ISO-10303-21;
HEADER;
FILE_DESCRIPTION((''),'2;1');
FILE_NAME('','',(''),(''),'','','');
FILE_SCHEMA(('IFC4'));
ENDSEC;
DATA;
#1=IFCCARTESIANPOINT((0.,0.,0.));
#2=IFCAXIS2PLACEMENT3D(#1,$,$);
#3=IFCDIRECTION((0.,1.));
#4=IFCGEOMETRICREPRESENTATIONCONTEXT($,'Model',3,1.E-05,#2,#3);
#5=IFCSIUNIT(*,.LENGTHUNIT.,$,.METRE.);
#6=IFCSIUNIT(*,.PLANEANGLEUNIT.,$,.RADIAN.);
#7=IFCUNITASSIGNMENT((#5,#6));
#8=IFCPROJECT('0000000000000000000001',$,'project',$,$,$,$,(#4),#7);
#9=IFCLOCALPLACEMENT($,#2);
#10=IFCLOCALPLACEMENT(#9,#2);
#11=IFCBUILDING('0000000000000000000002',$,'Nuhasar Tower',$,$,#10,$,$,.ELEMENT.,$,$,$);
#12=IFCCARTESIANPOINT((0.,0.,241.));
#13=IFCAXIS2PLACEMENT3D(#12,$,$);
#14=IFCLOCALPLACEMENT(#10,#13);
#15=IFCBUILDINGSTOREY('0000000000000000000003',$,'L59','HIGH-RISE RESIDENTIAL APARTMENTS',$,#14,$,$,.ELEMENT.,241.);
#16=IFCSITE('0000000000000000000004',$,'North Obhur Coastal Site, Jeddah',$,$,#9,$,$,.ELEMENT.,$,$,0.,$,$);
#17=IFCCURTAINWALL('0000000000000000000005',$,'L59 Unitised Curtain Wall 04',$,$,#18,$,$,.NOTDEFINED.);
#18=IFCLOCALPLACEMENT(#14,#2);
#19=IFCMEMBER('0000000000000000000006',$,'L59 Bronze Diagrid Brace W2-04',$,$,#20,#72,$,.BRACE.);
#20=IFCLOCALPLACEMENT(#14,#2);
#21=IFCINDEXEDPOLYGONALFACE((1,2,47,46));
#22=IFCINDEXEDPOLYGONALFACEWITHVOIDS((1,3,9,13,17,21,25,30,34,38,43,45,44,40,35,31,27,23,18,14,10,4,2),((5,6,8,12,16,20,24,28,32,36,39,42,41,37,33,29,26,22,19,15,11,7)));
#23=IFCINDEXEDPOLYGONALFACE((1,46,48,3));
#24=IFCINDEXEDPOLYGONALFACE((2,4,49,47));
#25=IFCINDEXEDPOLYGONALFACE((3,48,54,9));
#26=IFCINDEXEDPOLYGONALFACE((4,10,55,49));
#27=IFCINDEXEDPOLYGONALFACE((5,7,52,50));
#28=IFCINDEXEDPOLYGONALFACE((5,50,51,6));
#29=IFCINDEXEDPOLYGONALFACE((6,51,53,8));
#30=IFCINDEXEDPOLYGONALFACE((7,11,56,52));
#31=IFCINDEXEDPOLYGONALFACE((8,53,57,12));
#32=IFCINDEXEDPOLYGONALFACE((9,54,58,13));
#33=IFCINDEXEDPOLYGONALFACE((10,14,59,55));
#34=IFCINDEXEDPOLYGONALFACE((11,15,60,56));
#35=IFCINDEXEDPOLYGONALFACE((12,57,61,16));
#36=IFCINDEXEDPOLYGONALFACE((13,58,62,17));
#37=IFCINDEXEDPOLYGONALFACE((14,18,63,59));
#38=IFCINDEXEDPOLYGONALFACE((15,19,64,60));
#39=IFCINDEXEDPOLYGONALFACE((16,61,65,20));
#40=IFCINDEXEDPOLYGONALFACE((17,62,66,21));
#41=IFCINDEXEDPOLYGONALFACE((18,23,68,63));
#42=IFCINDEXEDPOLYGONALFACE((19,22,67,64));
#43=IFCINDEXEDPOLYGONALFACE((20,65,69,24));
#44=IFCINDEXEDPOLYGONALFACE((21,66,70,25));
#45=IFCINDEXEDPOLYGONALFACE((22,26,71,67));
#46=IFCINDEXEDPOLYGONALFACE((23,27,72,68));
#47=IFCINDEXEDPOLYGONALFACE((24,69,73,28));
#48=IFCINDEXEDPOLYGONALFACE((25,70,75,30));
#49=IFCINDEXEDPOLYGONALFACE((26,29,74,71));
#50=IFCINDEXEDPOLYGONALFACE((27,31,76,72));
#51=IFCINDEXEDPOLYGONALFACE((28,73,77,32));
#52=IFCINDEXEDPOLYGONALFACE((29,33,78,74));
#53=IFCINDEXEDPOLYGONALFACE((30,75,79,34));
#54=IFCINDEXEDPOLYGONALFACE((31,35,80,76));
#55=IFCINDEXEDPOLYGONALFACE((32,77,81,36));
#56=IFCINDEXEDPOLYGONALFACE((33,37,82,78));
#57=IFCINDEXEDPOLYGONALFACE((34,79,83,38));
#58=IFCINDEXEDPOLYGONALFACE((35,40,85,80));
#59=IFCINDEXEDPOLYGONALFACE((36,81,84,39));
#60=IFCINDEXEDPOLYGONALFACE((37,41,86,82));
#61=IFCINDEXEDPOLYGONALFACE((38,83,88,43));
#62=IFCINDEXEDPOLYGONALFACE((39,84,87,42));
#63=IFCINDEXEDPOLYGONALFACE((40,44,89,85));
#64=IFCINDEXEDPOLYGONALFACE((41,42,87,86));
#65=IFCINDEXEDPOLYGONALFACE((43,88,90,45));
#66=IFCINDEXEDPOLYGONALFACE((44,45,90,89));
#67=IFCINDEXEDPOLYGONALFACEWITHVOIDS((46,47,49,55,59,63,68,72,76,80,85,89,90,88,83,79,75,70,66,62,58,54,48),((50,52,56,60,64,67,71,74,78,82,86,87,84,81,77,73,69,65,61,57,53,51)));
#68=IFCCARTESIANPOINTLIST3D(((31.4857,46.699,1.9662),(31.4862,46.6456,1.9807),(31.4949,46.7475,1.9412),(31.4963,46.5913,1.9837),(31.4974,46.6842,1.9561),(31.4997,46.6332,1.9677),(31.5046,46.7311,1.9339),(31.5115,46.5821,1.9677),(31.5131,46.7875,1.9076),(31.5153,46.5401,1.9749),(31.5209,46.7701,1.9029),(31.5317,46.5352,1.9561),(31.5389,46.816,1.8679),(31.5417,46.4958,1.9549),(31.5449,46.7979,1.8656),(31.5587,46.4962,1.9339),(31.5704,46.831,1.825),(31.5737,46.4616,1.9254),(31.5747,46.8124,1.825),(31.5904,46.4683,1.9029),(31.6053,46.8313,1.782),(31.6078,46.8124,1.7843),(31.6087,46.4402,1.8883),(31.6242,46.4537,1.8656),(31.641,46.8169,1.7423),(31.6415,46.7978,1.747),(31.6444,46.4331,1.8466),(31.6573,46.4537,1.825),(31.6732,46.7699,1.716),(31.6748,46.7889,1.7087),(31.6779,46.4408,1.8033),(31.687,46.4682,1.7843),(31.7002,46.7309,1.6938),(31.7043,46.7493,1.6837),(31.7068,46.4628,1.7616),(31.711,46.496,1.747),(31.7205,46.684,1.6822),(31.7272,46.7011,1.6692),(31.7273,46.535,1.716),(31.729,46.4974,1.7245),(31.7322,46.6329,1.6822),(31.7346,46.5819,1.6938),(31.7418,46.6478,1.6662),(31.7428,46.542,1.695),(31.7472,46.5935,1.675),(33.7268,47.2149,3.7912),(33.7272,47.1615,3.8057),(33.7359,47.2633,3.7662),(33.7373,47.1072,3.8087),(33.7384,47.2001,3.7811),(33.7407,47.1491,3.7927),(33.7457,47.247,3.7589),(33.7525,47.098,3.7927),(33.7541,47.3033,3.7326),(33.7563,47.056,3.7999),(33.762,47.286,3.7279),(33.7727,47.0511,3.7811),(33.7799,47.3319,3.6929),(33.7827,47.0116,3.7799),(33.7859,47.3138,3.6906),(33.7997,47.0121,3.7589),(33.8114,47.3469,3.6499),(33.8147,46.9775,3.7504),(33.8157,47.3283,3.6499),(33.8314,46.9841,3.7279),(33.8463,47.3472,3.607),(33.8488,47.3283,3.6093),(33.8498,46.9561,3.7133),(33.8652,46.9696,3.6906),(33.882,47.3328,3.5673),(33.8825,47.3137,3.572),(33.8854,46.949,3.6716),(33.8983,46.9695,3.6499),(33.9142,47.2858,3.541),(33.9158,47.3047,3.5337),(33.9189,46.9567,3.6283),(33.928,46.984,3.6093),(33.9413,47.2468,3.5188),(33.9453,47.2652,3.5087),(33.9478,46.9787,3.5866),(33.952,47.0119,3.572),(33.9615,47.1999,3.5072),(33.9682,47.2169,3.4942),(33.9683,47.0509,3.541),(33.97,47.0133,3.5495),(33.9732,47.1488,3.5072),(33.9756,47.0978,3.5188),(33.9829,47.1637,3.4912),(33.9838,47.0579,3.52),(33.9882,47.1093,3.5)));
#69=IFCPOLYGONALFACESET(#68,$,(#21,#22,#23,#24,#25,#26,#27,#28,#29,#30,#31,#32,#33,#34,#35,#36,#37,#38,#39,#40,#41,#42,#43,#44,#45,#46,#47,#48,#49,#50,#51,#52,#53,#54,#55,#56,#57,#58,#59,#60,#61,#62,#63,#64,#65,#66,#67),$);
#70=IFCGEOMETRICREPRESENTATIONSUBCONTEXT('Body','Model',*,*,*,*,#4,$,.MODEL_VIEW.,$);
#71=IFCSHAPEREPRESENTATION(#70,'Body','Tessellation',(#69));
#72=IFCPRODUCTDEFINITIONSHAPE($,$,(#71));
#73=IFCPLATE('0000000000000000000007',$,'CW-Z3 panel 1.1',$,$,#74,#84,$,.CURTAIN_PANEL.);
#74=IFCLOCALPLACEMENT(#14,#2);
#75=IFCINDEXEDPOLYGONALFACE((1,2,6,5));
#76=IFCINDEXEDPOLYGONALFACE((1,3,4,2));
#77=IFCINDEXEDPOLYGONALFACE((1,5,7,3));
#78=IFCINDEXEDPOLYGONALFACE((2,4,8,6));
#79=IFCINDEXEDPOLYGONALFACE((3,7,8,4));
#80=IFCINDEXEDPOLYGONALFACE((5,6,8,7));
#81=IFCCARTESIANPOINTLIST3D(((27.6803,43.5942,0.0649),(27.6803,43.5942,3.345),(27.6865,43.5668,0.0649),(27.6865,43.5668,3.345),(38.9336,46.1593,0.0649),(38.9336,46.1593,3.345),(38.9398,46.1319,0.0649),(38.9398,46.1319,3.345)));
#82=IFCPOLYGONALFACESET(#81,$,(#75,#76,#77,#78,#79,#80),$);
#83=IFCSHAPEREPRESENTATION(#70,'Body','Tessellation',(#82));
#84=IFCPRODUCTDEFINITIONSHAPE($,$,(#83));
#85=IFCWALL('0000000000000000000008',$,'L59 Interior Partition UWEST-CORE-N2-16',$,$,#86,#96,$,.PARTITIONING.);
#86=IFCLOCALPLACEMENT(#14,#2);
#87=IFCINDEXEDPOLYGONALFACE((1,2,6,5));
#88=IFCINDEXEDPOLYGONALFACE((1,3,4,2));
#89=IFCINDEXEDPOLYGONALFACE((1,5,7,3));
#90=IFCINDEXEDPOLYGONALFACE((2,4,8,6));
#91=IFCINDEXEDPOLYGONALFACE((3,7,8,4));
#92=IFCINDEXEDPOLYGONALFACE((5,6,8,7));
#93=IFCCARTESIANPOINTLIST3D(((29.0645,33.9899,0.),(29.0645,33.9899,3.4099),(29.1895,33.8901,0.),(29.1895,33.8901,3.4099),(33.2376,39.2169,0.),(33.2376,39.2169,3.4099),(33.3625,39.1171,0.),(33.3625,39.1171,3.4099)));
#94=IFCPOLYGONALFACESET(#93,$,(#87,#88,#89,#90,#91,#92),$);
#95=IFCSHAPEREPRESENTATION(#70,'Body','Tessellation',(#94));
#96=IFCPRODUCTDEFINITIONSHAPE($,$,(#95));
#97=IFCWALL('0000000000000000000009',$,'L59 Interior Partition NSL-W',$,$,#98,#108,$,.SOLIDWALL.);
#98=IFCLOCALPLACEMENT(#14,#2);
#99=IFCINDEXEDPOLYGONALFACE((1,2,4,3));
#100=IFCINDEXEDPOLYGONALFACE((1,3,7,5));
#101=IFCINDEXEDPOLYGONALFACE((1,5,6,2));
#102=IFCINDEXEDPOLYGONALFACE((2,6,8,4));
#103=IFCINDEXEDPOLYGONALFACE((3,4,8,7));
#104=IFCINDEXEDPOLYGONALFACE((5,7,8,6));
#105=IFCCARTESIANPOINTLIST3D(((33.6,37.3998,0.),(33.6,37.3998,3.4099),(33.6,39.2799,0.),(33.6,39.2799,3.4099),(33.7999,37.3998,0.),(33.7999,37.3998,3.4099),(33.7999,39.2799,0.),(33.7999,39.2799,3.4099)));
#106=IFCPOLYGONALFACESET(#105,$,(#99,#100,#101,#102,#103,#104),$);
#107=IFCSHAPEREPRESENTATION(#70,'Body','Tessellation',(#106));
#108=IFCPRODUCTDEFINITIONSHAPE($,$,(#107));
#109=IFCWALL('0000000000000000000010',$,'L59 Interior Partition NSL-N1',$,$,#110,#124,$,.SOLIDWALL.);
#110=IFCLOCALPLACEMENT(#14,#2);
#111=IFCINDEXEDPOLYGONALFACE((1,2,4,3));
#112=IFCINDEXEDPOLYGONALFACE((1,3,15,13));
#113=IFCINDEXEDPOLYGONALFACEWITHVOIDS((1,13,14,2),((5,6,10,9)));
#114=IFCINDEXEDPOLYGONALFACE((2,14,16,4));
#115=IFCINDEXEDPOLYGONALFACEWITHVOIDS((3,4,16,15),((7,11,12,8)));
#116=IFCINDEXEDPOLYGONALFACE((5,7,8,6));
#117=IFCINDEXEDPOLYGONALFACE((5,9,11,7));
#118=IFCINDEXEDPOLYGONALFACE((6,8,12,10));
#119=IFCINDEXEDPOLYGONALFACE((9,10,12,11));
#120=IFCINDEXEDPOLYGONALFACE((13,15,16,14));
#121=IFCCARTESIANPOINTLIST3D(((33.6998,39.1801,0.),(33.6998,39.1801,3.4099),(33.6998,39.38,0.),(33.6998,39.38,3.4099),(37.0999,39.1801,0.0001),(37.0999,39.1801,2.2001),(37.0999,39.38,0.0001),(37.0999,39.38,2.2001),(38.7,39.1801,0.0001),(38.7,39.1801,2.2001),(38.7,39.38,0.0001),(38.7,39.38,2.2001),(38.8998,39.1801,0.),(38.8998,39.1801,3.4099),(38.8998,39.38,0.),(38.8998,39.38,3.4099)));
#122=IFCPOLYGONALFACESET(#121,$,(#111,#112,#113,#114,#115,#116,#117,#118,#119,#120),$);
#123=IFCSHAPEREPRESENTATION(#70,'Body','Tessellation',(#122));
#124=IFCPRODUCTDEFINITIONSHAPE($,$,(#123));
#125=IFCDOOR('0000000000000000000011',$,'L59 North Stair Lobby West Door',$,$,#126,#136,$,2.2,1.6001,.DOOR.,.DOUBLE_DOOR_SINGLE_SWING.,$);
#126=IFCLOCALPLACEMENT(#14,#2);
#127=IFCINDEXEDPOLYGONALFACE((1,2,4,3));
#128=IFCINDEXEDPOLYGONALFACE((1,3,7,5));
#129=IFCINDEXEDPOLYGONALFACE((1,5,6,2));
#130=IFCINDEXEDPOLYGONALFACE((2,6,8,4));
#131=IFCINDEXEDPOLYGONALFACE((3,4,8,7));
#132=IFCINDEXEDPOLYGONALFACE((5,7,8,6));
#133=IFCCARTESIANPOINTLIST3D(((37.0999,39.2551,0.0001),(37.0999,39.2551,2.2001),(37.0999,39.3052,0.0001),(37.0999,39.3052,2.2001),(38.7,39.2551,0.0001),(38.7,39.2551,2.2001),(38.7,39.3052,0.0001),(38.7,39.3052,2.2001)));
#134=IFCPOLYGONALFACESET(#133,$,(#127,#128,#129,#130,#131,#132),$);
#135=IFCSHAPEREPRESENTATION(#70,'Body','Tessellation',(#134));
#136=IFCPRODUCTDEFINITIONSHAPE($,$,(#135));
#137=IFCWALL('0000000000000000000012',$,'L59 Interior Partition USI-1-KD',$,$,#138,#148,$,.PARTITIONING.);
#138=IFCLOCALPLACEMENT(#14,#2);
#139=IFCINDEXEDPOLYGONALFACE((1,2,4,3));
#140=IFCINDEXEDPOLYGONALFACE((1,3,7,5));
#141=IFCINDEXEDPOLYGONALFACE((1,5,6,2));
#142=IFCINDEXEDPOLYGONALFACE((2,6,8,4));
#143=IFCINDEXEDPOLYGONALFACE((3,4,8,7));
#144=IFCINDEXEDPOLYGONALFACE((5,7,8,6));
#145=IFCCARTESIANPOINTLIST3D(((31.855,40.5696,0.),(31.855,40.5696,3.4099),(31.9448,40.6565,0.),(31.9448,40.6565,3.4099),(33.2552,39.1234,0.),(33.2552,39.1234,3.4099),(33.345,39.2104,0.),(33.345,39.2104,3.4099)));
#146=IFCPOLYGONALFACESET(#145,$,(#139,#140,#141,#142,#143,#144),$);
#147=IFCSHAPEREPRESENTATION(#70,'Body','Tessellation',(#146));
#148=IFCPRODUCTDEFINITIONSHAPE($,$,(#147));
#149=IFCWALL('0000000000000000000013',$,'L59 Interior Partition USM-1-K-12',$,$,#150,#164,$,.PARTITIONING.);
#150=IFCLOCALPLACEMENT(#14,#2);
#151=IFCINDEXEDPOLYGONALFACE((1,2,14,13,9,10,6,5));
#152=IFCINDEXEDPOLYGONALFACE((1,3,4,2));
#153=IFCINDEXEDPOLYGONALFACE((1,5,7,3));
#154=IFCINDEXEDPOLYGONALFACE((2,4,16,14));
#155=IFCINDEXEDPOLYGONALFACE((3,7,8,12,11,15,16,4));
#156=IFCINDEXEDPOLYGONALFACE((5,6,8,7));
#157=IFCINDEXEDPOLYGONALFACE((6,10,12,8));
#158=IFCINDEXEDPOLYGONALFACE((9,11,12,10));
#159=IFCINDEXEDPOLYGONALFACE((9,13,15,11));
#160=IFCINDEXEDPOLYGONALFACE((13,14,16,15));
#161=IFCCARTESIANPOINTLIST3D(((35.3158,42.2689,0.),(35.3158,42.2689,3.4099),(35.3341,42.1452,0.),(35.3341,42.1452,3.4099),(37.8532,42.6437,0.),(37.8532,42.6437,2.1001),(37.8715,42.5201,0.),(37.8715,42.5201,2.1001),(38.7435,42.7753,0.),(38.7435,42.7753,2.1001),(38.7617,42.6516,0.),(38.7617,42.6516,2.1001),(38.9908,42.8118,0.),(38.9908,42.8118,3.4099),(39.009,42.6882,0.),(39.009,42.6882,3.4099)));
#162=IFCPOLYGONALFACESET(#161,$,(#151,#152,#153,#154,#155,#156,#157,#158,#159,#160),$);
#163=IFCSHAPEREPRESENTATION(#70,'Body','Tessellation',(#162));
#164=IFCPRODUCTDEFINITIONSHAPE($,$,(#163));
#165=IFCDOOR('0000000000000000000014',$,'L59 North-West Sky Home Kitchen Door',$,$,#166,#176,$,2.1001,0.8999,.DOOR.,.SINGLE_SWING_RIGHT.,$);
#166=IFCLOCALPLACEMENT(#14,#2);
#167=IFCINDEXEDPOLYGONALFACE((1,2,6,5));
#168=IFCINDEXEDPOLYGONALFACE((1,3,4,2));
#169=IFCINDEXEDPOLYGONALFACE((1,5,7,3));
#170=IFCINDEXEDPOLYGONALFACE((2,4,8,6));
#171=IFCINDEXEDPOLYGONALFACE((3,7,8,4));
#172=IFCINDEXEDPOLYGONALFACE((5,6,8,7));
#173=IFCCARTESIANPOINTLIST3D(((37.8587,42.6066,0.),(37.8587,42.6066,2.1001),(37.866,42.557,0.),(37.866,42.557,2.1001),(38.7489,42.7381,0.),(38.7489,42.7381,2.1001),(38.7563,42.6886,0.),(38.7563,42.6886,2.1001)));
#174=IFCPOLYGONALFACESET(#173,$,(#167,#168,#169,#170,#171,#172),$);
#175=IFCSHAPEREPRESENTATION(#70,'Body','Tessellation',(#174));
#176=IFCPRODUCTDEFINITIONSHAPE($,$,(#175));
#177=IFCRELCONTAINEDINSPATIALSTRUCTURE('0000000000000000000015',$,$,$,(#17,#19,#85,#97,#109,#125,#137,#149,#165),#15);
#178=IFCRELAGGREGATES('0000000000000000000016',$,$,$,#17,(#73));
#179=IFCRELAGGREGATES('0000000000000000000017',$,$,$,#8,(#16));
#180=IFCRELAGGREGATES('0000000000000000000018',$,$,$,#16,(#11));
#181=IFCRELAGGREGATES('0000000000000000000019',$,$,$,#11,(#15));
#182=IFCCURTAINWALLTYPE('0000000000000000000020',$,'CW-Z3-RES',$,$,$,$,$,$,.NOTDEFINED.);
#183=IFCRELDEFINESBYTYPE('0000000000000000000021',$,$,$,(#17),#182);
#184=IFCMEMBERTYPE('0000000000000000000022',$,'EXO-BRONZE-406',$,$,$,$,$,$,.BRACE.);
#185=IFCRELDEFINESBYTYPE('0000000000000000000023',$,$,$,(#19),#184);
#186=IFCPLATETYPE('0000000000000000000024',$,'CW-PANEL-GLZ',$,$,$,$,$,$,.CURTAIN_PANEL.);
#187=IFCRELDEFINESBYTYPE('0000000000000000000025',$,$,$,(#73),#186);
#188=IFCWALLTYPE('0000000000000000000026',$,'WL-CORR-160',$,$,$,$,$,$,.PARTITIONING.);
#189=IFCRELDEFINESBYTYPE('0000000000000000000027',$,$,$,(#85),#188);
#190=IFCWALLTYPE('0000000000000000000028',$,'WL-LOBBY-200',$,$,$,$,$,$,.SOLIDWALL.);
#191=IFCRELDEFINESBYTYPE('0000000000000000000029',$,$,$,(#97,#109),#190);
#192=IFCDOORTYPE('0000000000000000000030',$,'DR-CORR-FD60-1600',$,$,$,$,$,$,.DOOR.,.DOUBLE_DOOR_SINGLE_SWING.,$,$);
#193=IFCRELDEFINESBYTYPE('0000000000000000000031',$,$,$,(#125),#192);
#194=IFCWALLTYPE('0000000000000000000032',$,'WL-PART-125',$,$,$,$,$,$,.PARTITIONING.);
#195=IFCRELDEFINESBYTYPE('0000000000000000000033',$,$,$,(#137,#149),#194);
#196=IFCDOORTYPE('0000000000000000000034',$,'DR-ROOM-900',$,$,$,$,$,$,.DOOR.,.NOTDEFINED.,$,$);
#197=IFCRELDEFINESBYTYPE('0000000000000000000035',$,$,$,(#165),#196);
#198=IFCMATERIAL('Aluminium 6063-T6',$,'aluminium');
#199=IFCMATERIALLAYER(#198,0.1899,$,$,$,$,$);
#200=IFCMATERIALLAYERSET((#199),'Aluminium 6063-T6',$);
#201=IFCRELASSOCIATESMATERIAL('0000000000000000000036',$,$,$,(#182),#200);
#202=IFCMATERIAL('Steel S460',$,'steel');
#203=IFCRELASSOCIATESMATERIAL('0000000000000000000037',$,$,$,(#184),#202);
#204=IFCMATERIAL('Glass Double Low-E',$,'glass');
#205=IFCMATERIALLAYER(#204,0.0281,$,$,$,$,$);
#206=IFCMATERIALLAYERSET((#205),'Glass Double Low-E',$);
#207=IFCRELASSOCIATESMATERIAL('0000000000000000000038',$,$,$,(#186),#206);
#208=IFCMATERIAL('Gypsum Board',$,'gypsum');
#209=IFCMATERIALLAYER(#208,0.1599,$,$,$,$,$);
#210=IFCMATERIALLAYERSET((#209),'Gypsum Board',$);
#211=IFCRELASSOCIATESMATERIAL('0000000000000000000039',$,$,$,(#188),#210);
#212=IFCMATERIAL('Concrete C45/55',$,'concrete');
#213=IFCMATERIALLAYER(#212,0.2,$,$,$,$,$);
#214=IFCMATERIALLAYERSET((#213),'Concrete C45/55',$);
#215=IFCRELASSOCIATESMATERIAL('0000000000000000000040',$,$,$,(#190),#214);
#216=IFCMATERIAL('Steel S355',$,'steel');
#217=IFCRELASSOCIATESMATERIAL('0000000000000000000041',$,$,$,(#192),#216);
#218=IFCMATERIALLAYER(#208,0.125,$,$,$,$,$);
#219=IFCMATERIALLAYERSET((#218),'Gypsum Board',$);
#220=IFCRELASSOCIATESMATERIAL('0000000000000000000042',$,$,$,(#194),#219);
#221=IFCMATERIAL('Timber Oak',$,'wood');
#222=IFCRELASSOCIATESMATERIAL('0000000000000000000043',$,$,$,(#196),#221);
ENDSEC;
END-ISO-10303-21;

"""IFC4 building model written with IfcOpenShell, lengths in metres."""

from ifc_helpers import new_model, si_unit, direction, frame, frame_2d, origin, origin_2d, place, context, subcontext, project, spatial, rectangle, hollow_circle, extrude, material, layer, layer_set, material_profile, profile_set, type_object, element, fill, aggregate, save


model = new_model("IFC4")

# Units and contexts
model_context = context("Model", 3, precision=1e-05, world=origin(), true_north=direction((0.0, 1.0)))
body_context = subcontext(model_context, "Body", "Model", "MODEL_VIEW")
ifc_project = project(units=[si_unit("LENGTHUNIT", "METRE"), si_unit("PLANEANGLEUNIT", "RADIAN")], contexts=[model_context])

# Site, building, storey
site_placement = place(None, origin())
site = spatial("IfcSite", under=ifc_project, at=site_placement, Name="North Obhur Coastal Site, Jeddah", CompositionType="ELEMENT", RefElevation=0.0)
building_placement = place(site_placement, origin())
building = spatial("IfcBuilding", under=site, at=building_placement, Name="Nuhasar Tower", CompositionType="ELEMENT")
storey_placement = place(building_placement, frame((0.0, 0.0, 241.0)))
storey = spatial("IfcBuildingStorey", under=building, at=storey_placement, Name="L59", Description="HIGH-RISE RESIDENTIAL APARTMENTS", CompositionType="ELEMENT", Elevation=241.0)

# Shared definitions
ifc_material_1 = material(Name="Steel S355", Category="steel")

# Curtain wall
ifc_material_2 = material(Name="Aluminium 6063-T6", Category="aluminium")
ifc_layer_1 = layer(ifc_material_2, 0.1899)
ifc_layer_set_1 = layer_set([ifc_layer_1], Name="Aluminium 6063-T6")
curtain_wall_type = type_object("IfcCurtainWallType", Name="CW-Z3-RES", PredefinedType="NOTDEFINED", material=ifc_layer_set_1)
curtain_wall_placement = place(storey_placement, origin())
curtain_wall = element("IfcCurtainWall", 1, at=curtain_wall_placement, inside=storey, type_object=curtain_wall_type, Name="L59 Unitised Curtain Wall 04", PredefinedType="NOTDEFINED")

# Member
ifc_material_3 = material(Name="Steel S460", Category="steel")
ifc_material_profile_1 = material_profile(ifc_material_3, hollow_circle(Radius=0.2031, WallThickness=0.019, at=origin_2d()), Name="HSS406.4X19.1")
ifc_profile_set_1 = profile_set([ifc_material_profile_1], Name="Steel S460")
member_type_1 = type_object("IfcMemberType", Name="EXO-BRONZE-406", PredefinedType="BRACE", material=ifc_profile_set_1)
for number, where, z_axis, x_axis, name in (
    (2, (31.616, 46.6331, 1.825), (0.763343, 0.175721, 0.621635), (-0.224332, 0.974513, 0.0), "L59 Bronze Diagrid Brace W2-04"),
):
    element("IfcMember", number, at=place(storey_placement, frame(where, z_axis=z_axis, x_axis=x_axis)), inside=storey, type_object=member_type_1, Name=name, PredefinedType="BRACE", context=body_context, shape_type="SweptSolid", body=[
        extrude(hollow_circle(Radius=0.2031, WallThickness=0.019, at=origin_2d()), origin(), (0.0, 0.0, 1.0), 2.9358),
    ])

# Plate
ifc_material_4 = material(Name="Glass Double Low-E", Category="glass")
ifc_layer_2 = layer(ifc_material_4, 0.0281)
ifc_layer_set_2 = layer_set([ifc_layer_2], Name="Glass Double Low-E")
plate_type = type_object("IfcPlateType", Name="CW-PANEL-GLZ", PredefinedType="CURTAIN_PANEL", material=ifc_layer_set_2)
plate_placement = place(storey_placement, frame((33.3101, 44.863, 0.0649), z_axis=(0.0, 0.0, 1.0), x_axis=(-0.974991, -0.222243, 0.0)))
plate = element("IfcPlate", 3, at=plate_placement, type_object=plate_type, Name="CW-Z3 panel 1.1", PredefinedType="CURTAIN_PANEL", context=body_context, shape_type="SweptSolid", body=[
    extrude(rectangle(XDim=11.542, YDim=0.0281, at=origin_2d()), origin(), (0.0, 0.0, 1.0), 3.28),
])
aggregate(curtain_wall, [plate])

# Walls
ifc_material_5 = material(Name="Gypsum Board", Category="gypsum")
ifc_layer_3 = layer(ifc_material_5, 0.1599)
ifc_layer_set_3 = layer_set([ifc_layer_3], Name="Gypsum Board")
wall_type_1 = type_object("IfcWallType", Name="WL-CORR-160", PredefinedType="PARTITIONING", material=ifc_layer_set_3)
wall_1_placement = place(storey_placement, frame((33.3, 39.167, 0.0), z_axis=(0.0, 0.0, 1.0), x_axis=(-0.623916, -0.781492, 0.0)))
element("IfcWall", 4, at=wall_1_placement, inside=storey, type_object=wall_type_1, Name="L59 Interior Partition UWEST-CORE-N2-16", PredefinedType="PARTITIONING", context=body_context, shape_type="SweptSolid", body=[
    extrude(rectangle(XDim=6.6885, YDim=0.1599, at=frame_2d((3.3442, 0.0))), origin(), (0.0, 0.0, 1.0), 3.4099),
])
ifc_material_6 = material(Name="Concrete C45/55", Category="concrete")
ifc_layer_4 = layer(ifc_material_6, 0.2)
ifc_layer_set_4 = layer_set([ifc_layer_4], Name="Concrete C45/55")
wall_type_2 = type_object("IfcWallType", Name="WL-LOBBY-200", PredefinedType="SOLIDWALL", material=ifc_layer_set_4)
wall_2_placement = place(storey_placement, frame((33.7, 37.3999, 0.0), z_axis=(0.0, 0.0, 1.0), x_axis=(0.0, 1.0, 0.0)))
element("IfcWall", 5, at=wall_2_placement, inside=storey, type_object=wall_type_2, Name="L59 Interior Partition NSL-W", PredefinedType="SOLIDWALL", context=body_context, shape_type="SweptSolid", body=[
    extrude(rectangle(XDim=1.8801, YDim=0.2, at=frame_2d((0.9399, 0.0))), origin(), (0.0, 0.0, 1.0), 3.4099),
])

# Wall, opening, door
wall_3_placement = place(storey_placement, frame((38.8999, 39.28, 0.0), z_axis=(0.0, 0.0, 1.0), x_axis=(-1.0, 0.0, 0.0)))
wall_3 = element("IfcWall", 6, at=wall_3_placement, inside=storey, type_object=wall_type_2, Name="L59 Interior Partition NSL-N1", PredefinedType="SOLIDWALL", context=body_context, shape_type="SweptSolid", body=[
    extrude(rectangle(XDim=5.2, YDim=0.2, at=frame_2d((2.6001, 0.0))), origin(), (0.0, 0.0, 1.0), 3.4099),
])
opening_1_placement = place(wall_3_placement, frame((0.2, 0.0, 0.0)))
opening_1 = element("IfcOpeningElement", 7, at=opening_1_placement, cuts=wall_3, PredefinedType="OPENING", context=body_context, shape_type="SweptSolid", body=[
    extrude(rectangle(XDim=1.6001, YDim=2.2, at=frame_2d((0.8, 1.1001))), frame((0.0, 0.1099, 0.0), z_axis=(0.0, -1.0, 0.0), x_axis=(1.0, 0.0, 0.0)), (0.0, 0.0, 1.0), 0.22),
])
door_type_1 = type_object("IfcDoorType", Name="DR-CORR-FD60-1600", OperationType="DOUBLE_DOOR_SINGLE_SWING", PredefinedType="DOOR", material=ifc_material_1)
door_1_placement = place(opening_1_placement, origin())
door_1 = element("IfcDoor", 8, at=door_1_placement, inside=storey, type_object=door_type_1, Name="L59 North Stair Lobby West Door", OperationType="DOUBLE_DOOR_SINGLE_SWING", OverallHeight=2.2, OverallWidth=1.6001, PredefinedType="DOOR", context=body_context, shape_type="SweptSolid", body=[
    extrude(rectangle(XDim=1.6001, YDim=2.2, at=frame_2d((0.8, 1.1001))), frame((0.0, 0.0249, 0.0), z_axis=(0.0, -1.0, 0.0), x_axis=(1.0, 0.0, 0.0)), (0.0, 0.0, 1.0), 0.05),
])
fill(opening_1, door_1)

# Wall
ifc_layer_5 = layer(ifc_material_5, 0.125)
ifc_layer_set_5 = layer_set([ifc_layer_5], Name="Gypsum Board")
wall_type_3 = type_object("IfcWallType", Name="WL-PART-125", PredefinedType="PARTITIONING", material=ifc_layer_set_5)
wall_4_placement = place(storey_placement, frame((33.3, 39.167, 0.0), z_axis=(0.0, 0.0, 1.0), x_axis=(-0.695613, 0.718416, 0.0)))
element("IfcWall", 9, at=wall_4_placement, inside=storey, type_object=wall_type_3, Name="L59 Interior Partition USI-1-KD", PredefinedType="PARTITIONING", context=body_context, shape_type="SweptSolid", body=[
    extrude(rectangle(XDim=2.0129, YDim=0.125, at=frame_2d((1.0063, 0.0))), origin(), (0.0, 0.0, 1.0), 3.4099),
])

# Wall, opening, door
wall_5_placement = place(storey_placement, frame((35.325, 42.207, 0.0), z_axis=(0.0, 0.0, 1.0), x_axis=(0.989261, 0.146158, 0.0)))
wall_5 = element("IfcWall", 10, at=wall_5_placement, inside=storey, type_object=wall_type_3, Name="L59 Interior Partition USM-1-K-12", PredefinedType="PARTITIONING", context=body_context, shape_type="SweptSolid", body=[
    extrude(rectangle(XDim=3.7148, YDim=0.125, at=frame_2d((1.8574, 0.0))), origin(), (0.0, 0.0, 1.0), 3.4099),
])
opening_2_placement = place(wall_5_placement, frame((2.5649, 0.0, 0.0)))
opening_2 = element("IfcOpeningElement", 11, at=opening_2_placement, cuts=wall_5, PredefinedType="OPENING", context=body_context, shape_type="SweptSolid", body=[
    extrude(rectangle(XDim=0.8999, YDim=2.1001, at=frame_2d((0.45, 1.05))), frame((0.0, 0.0725, 0.0), z_axis=(0.0, -1.0, 0.0), x_axis=(1.0, 0.0, 0.0)), (0.0, 0.0, 1.0), 0.145),
])
ifc_material_7 = material(Name="Timber Oak", Category="wood")
door_type_2 = type_object("IfcDoorType", Name="DR-ROOM-900", OperationType="NOTDEFINED", PredefinedType="DOOR", material=ifc_material_7)
door_2_placement = place(opening_2_placement, origin())
door_2 = element("IfcDoor", 12, at=door_2_placement, inside=storey, type_object=door_type_2, Name="L59 North-West Sky Home Kitchen Door", OperationType="SINGLE_SWING_RIGHT", OverallHeight=2.1001, OverallWidth=0.8999, PredefinedType="DOOR", context=body_context, shape_type="SweptSolid", body=[
    extrude(rectangle(XDim=0.8999, YDim=2.1001, at=frame_2d((0.45, 1.05))), frame((0.0, 0.0249, 0.0), z_axis=(0.0, -1.0, 0.0), x_axis=(1.0, 0.0, 0.0)), (0.0, 0.0, 1.0), 0.05),
])
fill(opening_2, door_2)

save(model, "model.ifc")
